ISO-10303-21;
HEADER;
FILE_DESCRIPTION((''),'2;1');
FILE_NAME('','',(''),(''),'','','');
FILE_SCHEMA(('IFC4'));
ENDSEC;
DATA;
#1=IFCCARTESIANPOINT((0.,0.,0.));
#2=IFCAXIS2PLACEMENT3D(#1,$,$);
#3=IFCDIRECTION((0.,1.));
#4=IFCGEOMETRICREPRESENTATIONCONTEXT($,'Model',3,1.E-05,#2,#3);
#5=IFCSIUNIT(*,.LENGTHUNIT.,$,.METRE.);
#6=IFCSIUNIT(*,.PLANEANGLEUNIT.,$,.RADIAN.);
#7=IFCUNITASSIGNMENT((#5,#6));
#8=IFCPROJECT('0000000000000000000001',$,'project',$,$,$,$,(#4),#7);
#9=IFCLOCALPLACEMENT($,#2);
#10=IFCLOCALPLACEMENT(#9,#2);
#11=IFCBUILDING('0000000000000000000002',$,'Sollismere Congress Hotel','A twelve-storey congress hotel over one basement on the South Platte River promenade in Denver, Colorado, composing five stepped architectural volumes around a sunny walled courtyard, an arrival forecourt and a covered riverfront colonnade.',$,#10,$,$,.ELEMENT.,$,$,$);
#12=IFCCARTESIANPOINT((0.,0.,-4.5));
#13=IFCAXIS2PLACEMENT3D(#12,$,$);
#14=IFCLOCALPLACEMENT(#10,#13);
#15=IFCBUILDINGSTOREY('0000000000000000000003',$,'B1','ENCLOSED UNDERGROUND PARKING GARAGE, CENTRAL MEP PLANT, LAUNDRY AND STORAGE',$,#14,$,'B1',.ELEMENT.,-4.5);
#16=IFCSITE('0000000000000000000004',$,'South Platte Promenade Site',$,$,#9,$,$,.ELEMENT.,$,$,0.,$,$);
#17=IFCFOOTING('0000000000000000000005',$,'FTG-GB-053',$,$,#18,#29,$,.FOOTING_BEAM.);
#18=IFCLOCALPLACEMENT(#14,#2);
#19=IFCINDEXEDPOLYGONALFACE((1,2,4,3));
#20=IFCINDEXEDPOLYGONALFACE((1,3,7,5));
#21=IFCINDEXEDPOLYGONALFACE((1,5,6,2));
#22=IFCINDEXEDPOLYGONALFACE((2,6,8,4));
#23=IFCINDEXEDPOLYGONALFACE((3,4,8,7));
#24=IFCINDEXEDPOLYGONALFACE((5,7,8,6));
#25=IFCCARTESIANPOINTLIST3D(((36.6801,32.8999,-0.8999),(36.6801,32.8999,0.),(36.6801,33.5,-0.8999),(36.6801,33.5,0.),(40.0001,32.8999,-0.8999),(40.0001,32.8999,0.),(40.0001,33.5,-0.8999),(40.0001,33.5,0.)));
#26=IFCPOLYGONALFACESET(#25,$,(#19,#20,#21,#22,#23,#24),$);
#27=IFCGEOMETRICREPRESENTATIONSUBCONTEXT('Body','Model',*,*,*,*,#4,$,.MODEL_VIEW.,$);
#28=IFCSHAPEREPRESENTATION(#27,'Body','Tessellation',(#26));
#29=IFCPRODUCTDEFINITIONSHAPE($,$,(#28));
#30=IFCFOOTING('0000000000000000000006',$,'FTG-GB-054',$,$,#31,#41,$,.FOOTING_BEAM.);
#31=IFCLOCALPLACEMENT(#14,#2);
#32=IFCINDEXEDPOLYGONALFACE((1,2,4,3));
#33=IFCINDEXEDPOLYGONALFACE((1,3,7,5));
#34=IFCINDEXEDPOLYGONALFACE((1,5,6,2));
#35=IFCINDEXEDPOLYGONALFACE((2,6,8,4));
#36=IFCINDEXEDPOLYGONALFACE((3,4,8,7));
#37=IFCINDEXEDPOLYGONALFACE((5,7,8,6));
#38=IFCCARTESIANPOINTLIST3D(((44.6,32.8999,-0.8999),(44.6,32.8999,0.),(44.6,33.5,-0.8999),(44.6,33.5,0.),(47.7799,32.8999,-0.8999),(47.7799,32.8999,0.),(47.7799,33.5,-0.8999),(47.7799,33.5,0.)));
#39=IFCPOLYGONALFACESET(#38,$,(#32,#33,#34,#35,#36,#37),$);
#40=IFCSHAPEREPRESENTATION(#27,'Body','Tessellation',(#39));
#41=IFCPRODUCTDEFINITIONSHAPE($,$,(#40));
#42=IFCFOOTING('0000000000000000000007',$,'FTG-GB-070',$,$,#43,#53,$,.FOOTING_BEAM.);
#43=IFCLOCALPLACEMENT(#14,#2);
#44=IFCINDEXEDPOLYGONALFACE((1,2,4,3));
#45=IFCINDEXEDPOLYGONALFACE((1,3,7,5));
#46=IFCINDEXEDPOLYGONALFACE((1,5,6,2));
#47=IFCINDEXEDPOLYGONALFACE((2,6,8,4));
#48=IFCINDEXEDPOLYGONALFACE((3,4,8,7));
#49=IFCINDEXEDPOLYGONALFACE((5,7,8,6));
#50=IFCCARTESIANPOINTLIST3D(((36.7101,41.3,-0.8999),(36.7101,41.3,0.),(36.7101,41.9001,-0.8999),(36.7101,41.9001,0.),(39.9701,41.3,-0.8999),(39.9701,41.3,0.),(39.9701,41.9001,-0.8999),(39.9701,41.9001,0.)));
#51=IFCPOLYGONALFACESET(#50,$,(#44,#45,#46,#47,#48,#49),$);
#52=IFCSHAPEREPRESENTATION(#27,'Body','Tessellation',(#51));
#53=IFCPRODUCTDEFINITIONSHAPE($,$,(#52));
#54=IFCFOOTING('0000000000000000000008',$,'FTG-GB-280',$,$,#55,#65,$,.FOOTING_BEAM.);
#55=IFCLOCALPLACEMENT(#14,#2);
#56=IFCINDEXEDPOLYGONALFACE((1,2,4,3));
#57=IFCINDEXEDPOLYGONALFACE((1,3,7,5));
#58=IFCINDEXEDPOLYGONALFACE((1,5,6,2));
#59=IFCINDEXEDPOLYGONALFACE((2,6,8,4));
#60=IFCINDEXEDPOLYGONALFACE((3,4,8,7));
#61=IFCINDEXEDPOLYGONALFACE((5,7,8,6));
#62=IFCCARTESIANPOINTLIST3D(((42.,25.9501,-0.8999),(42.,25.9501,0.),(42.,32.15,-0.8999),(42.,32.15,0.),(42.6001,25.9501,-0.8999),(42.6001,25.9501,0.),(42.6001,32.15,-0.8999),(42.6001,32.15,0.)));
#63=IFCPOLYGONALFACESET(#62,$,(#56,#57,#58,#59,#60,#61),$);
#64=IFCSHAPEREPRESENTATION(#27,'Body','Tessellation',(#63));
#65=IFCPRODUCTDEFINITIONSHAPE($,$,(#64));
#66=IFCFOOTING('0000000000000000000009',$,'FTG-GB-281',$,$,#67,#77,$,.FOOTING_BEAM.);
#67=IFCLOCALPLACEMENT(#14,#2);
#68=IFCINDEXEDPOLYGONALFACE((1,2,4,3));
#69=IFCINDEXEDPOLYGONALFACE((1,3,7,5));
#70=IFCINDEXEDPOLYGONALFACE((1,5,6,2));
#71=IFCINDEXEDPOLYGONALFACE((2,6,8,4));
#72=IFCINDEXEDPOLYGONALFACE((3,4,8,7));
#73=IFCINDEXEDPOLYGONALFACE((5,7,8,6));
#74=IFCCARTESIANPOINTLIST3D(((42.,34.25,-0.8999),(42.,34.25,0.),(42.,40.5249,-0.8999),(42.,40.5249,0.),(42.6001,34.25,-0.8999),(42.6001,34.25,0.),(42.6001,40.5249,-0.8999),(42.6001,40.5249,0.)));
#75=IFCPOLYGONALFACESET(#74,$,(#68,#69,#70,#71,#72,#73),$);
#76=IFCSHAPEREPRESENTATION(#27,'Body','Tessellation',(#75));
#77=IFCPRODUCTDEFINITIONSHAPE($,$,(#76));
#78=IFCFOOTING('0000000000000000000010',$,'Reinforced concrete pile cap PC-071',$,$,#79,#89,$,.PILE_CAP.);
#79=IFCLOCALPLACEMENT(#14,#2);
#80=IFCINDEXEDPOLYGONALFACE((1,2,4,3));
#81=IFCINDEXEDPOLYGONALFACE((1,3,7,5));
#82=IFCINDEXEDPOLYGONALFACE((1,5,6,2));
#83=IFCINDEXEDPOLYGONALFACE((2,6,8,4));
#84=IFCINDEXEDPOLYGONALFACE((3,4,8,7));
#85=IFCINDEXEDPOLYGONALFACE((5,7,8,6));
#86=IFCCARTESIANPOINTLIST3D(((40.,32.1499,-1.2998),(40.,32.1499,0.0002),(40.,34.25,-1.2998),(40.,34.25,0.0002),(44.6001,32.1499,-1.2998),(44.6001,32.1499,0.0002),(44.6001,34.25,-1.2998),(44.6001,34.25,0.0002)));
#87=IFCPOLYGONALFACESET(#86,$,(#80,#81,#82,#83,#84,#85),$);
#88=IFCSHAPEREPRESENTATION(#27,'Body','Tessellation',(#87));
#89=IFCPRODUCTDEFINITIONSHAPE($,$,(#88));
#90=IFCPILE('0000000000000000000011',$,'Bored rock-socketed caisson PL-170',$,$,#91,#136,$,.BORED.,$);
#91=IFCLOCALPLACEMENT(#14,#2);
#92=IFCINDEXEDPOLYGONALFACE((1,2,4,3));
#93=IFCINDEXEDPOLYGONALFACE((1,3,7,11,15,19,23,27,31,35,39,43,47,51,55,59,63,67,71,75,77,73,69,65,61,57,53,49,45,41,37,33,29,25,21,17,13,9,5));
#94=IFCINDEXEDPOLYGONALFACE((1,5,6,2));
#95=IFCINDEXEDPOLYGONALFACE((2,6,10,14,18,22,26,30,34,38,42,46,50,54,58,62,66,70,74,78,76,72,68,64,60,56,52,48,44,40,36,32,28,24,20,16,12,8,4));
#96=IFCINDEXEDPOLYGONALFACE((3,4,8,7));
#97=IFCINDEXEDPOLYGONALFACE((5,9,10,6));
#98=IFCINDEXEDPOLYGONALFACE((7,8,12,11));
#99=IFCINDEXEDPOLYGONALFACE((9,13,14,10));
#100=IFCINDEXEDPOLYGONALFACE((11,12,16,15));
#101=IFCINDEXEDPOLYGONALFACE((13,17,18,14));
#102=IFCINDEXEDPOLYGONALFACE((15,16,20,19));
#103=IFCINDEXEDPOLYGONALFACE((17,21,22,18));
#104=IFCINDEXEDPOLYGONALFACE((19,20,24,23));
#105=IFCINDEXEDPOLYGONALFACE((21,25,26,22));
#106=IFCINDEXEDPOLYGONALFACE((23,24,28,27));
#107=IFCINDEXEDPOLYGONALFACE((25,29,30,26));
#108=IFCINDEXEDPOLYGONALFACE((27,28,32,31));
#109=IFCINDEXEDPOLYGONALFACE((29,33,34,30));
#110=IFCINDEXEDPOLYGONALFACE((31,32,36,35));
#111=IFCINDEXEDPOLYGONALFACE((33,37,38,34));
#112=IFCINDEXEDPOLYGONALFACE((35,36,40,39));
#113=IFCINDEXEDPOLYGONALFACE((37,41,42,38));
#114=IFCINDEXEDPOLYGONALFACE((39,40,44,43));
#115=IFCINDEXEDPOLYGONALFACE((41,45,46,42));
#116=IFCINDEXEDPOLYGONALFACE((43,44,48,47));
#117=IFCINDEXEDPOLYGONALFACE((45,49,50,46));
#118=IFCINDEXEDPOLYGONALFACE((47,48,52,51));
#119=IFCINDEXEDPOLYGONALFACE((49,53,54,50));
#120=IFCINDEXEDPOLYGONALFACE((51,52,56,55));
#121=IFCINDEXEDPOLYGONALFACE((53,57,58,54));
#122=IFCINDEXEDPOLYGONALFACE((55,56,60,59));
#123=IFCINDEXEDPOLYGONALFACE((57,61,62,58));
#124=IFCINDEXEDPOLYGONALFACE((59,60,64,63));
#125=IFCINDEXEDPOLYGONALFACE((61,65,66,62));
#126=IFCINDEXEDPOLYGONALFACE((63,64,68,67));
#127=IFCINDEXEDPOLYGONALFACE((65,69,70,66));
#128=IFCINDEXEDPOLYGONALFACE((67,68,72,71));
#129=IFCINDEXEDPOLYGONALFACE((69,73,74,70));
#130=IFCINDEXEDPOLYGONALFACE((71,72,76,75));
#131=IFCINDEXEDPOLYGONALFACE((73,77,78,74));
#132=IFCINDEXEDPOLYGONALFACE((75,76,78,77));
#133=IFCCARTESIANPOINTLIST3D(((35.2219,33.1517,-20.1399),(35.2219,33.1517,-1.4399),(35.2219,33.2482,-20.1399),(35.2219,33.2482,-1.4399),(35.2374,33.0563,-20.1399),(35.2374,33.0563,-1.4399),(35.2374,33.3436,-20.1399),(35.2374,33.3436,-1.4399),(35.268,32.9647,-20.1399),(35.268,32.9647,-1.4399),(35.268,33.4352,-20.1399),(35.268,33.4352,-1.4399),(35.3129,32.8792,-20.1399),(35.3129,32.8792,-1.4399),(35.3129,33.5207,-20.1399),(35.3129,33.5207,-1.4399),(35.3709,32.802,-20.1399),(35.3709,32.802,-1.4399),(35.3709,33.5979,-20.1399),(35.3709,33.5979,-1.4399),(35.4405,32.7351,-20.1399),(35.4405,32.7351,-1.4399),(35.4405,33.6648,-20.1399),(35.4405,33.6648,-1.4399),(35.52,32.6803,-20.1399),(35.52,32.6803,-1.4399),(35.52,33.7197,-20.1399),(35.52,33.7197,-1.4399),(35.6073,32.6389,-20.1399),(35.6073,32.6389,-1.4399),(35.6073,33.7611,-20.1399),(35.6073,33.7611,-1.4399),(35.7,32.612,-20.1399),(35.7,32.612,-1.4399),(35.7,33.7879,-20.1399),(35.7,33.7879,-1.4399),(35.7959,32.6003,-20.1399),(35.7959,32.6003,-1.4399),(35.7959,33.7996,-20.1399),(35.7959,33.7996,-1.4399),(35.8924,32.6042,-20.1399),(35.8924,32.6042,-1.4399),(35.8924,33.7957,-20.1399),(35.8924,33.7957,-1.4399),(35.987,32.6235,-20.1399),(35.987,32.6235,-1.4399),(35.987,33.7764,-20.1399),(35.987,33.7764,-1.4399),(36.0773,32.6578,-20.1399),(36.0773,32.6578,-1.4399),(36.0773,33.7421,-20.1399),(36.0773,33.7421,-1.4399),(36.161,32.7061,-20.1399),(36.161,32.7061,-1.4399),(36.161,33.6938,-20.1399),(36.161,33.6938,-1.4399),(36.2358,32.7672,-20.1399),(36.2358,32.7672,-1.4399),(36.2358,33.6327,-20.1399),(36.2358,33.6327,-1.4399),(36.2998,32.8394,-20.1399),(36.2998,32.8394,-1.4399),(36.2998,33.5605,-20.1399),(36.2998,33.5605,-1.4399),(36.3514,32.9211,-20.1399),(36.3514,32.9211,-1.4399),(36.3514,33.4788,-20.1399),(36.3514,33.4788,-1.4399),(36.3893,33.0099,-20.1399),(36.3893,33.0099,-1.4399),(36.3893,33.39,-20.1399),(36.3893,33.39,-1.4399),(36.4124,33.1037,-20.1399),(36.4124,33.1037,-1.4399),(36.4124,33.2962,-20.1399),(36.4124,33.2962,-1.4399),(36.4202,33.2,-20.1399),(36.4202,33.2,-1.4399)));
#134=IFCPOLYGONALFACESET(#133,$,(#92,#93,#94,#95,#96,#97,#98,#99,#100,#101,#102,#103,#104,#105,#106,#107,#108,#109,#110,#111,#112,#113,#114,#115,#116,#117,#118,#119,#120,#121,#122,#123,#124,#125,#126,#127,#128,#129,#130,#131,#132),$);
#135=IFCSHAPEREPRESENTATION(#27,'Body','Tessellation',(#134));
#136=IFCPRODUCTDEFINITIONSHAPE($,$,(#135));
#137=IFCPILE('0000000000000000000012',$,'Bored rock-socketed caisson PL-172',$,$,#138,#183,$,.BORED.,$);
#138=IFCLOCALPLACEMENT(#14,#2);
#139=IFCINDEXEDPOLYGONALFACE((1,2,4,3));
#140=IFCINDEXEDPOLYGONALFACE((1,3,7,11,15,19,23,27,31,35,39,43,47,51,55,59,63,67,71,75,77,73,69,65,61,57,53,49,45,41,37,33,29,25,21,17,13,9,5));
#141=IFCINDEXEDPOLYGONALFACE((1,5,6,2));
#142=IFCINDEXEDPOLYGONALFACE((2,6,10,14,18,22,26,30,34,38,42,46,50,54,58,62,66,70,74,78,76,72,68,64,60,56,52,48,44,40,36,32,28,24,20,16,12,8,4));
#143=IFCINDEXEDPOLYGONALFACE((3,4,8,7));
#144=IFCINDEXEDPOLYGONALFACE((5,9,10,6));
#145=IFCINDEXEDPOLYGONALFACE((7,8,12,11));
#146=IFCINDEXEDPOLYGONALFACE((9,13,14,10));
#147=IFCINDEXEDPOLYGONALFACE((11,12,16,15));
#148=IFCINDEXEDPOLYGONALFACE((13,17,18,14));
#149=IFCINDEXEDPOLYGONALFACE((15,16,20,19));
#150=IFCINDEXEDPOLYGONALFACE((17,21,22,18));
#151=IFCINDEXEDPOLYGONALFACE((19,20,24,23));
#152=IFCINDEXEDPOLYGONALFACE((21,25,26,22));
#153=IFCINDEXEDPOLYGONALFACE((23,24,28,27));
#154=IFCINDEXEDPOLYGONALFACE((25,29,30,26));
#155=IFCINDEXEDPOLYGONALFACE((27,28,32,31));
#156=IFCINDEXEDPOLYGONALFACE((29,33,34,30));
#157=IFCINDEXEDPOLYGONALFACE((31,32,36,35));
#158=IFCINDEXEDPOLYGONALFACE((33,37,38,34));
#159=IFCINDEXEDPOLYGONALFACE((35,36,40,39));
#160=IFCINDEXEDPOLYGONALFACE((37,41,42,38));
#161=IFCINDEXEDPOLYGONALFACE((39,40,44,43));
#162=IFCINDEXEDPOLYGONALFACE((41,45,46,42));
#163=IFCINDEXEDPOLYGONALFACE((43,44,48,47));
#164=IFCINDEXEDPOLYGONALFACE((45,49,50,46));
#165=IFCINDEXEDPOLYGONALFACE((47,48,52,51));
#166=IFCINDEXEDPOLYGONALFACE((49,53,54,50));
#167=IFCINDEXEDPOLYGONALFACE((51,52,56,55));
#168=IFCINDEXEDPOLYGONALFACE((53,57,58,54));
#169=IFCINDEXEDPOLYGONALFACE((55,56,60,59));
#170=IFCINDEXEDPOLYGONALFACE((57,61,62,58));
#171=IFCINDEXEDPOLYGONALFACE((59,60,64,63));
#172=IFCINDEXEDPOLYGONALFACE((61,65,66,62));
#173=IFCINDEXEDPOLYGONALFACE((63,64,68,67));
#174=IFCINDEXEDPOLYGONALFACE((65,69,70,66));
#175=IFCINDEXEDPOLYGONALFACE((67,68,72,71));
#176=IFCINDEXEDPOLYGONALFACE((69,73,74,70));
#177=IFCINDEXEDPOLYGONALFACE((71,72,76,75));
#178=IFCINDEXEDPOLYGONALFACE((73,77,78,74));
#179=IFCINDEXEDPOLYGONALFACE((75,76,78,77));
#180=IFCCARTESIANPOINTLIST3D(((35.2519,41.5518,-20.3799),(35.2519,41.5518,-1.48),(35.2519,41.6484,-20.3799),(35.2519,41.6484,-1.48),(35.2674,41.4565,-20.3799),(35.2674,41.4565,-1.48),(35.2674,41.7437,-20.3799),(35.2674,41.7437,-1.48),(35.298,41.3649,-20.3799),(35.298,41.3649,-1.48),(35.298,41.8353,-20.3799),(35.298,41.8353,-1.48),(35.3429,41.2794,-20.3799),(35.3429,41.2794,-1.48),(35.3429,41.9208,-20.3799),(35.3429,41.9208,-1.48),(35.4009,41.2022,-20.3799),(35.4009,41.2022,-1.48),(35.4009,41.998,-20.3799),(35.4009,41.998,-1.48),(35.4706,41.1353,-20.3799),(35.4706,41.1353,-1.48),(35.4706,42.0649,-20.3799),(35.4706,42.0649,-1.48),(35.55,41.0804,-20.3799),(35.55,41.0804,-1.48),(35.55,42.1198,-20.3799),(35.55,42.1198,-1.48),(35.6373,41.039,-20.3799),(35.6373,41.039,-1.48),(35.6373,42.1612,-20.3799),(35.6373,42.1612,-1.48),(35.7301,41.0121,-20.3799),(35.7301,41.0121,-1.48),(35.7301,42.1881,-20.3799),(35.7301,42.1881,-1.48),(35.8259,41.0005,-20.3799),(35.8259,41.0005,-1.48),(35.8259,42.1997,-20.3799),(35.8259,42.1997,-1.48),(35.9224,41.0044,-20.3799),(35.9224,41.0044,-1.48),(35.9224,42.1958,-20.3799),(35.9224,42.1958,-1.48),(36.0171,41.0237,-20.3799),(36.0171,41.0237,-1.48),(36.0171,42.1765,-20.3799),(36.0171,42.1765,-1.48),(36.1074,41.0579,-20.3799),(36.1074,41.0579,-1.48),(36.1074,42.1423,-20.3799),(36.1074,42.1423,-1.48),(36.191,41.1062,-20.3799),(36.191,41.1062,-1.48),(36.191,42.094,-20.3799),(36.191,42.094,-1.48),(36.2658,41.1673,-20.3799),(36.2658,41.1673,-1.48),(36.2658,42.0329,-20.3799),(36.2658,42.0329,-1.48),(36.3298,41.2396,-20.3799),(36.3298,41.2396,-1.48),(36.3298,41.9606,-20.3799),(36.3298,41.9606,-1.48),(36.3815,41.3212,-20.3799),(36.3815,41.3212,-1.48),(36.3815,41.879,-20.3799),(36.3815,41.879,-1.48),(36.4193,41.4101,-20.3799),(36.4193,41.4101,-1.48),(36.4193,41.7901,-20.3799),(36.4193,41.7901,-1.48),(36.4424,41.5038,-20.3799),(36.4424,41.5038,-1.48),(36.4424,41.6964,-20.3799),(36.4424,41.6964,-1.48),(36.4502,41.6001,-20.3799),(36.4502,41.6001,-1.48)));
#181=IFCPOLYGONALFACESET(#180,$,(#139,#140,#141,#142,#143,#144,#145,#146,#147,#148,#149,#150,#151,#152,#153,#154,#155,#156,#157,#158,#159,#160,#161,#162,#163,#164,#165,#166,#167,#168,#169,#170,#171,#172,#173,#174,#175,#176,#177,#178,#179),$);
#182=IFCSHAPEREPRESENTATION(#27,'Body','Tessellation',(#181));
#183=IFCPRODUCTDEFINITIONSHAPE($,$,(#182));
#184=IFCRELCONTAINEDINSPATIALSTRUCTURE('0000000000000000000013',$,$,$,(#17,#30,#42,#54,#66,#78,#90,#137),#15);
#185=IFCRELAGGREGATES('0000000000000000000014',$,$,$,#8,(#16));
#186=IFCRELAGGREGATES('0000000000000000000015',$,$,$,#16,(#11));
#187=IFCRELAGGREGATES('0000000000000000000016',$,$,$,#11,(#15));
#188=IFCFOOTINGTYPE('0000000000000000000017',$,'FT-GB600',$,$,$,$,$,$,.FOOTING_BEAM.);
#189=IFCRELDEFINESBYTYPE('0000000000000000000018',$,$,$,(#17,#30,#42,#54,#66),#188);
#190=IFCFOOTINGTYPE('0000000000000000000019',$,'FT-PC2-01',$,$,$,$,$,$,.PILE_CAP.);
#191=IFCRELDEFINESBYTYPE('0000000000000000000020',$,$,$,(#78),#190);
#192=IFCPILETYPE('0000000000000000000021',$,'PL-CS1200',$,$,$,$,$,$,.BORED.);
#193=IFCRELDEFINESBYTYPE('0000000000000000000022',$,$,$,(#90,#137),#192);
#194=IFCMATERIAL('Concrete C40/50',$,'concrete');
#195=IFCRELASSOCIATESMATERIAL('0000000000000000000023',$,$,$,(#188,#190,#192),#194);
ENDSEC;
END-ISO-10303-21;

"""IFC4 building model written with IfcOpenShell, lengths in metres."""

from ifc_helpers import new_model, si_unit, direction, frame, origin, origin_2d, place, context, subcontext, project, spatial, rectangle, circle, extrude, material, material_profile, profile_set, type_object, element, save


model = new_model("IFC4")

# Units and contexts
model_context = context("Model", 3, precision=1e-05, world=origin(), true_north=direction((0.0, 1.0)))
body_context = subcontext(model_context, "Body", "Model", "MODEL_VIEW")
ifc_project = project(units=[si_unit("LENGTHUNIT", "METRE"), si_unit("PLANEANGLEUNIT", "RADIAN")], contexts=[model_context])

# Site, building, storey
site_placement = place(None, origin())
site = spatial("IfcSite", under=ifc_project, at=site_placement, Name="South Platte Promenade Site", CompositionType="ELEMENT", RefElevation=0.0)
building_placement = place(site_placement, origin())
building = spatial("IfcBuilding", under=site, at=building_placement, Name="Sollismere Congress Hotel", Description="A twelve-storey congress hotel over one basement on the South Platte River promenade in Denver, Colorado, composing five stepped architectural volumes around a sunny walled courtyard, an arrival forecourt and a covered riverfront colonnade.", CompositionType="ELEMENT")
storey_placement = place(building_placement, frame((0.0, 0.0, -4.5)))
storey = spatial("IfcBuildingStorey", under=building, at=storey_placement, Name="B1", Description="ENCLOSED UNDERGROUND PARKING GARAGE, CENTRAL MEP PLANT, LAUNDRY AND STORAGE", LongName="B1", CompositionType="ELEMENT", Elevation=-4.5)

# Footings
ifc_material_1 = material(Name="Concrete C40/50", Category="concrete")
footing_type_1 = type_object("IfcFootingType", Name="FT-GB600", PredefinedType="FOOTING_BEAM", material=ifc_material_1)
footing_1_placement = place(storey_placement, frame((38.3401, 33.2, -0.8999), z_axis=(0.0, 0.0, 1.0), x_axis=(1.0, 0.0, 0.0)))
element("IfcFooting", 1, at=footing_1_placement, inside=storey, type_object=footing_type_1, Name="FTG-GB-053", PredefinedType="FOOTING_BEAM", context=body_context, shape_type="SweptSolid", body=[
    extrude(rectangle(XDim=3.3201, YDim=0.6001, at=origin_2d()), origin(), (0.0, 0.0, 1.0), 0.8999),
])
footing_2_placement = place(storey_placement, frame((46.1899, 33.2, -0.8999), z_axis=(0.0, 0.0, 1.0), x_axis=(1.0, 0.0, 0.0)))
element("IfcFooting", 2, at=footing_2_placement, inside=storey, type_object=footing_type_1, Name="FTG-GB-054", PredefinedType="FOOTING_BEAM", context=body_context, shape_type="SweptSolid", body=[
    extrude(rectangle(XDim=3.1799, YDim=0.6001, at=origin_2d()), origin(), (0.0, 0.0, 1.0), 0.8999),
])
footing_3_placement = place(storey_placement, frame((38.3401, 41.6001, -0.8999), z_axis=(0.0, 0.0, 1.0), x_axis=(1.0, 0.0, 0.0)))
element("IfcFooting", 3, at=footing_3_placement, inside=storey, type_object=footing_type_1, Name="FTG-GB-070", PredefinedType="FOOTING_BEAM", context=body_context, shape_type="SweptSolid", body=[
    extrude(rectangle(XDim=3.26, YDim=0.6001, at=origin_2d()), origin(), (0.0, 0.0, 1.0), 0.8999),
])
footing_4_placement = place(storey_placement, frame((42.3, 29.05, -0.8999), z_axis=(0.0, 0.0, 1.0), x_axis=(0.0, 1.0, 0.0)))
element("IfcFooting", 4, at=footing_4_placement, inside=storey, type_object=footing_type_1, Name="FTG-GB-280", PredefinedType="FOOTING_BEAM", context=body_context, shape_type="SweptSolid", body=[
    extrude(rectangle(XDim=6.2, YDim=0.6001, at=origin_2d()), origin(), (0.0, 0.0, 1.0), 0.8999),
])
footing_5_placement = place(storey_placement, frame((42.3, 37.3875, -0.8999), z_axis=(0.0, 0.0, 1.0), x_axis=(0.0, 1.0, 0.0)))
element("IfcFooting", 5, at=footing_5_placement, inside=storey, type_object=footing_type_1, Name="FTG-GB-281", PredefinedType="FOOTING_BEAM", context=body_context, shape_type="SweptSolid", body=[
    extrude(rectangle(XDim=6.2749, YDim=0.6001, at=origin_2d()), origin(), (0.0, 0.0, 1.0), 0.8999),
])
footing_type_2 = type_object("IfcFootingType", Name="FT-PC2-01", PredefinedType="PILE_CAP", material=ifc_material_1)
footing_6_placement = place(storey_placement, frame((42.3, 33.2, -1.2998), z_axis=(0.0, 0.0, 1.0), x_axis=(1.0, 0.0, 0.0)))
element("IfcFooting", 6, at=footing_6_placement, inside=storey, type_object=footing_type_2, Name="Reinforced concrete pile cap PC-071", PredefinedType="PILE_CAP", context=body_context, shape_type="SweptSolid", body=[
    extrude(rectangle(XDim=4.6001, YDim=2.1001, at=origin_2d()), origin(), (0.0, 0.0, 1.0), 1.3),
])

# Piles
ifc_material_profile_1 = material_profile(ifc_material_1, circle(Radius=0.6001, at=origin_2d()), Name="CAISSON1200")
ifc_profile_set_1 = profile_set([ifc_material_profile_1], Name="Concrete C40/50")
pile_type = type_object("IfcPileType", Name="PL-CS1200", PredefinedType="BORED", material=ifc_profile_set_1)
pile_1_placement = place(storey_placement, frame((35.8201, 33.2, -1.4399), z_axis=(0.0, 0.0, -1.0), x_axis=(1.0, 0.0, 0.0)))
element("IfcPile", 7, at=pile_1_placement, inside=storey, type_object=pile_type, Name="Bored rock-socketed caisson PL-170", PredefinedType="BORED", context=body_context, shape_type="SweptSolid", body=[
    extrude(circle(Radius=0.6001, at=origin_2d()), origin(), (0.0, 0.0, 1.0), 18.7),
])
pile_2_placement = place(storey_placement, frame((35.8501, 41.6001, -1.48), z_axis=(0.0, 0.0, -1.0), x_axis=(1.0, 0.0, 0.0)))
element("IfcPile", 8, at=pile_2_placement, inside=storey, type_object=pile_type, Name="Bored rock-socketed caisson PL-172", PredefinedType="BORED", context=body_context, shape_type="SweptSolid", body=[
    extrude(circle(Radius=0.6001, at=origin_2d()), origin(), (0.0, 0.0, 1.0), 18.8999),
])

save(model, "model.ifc")
